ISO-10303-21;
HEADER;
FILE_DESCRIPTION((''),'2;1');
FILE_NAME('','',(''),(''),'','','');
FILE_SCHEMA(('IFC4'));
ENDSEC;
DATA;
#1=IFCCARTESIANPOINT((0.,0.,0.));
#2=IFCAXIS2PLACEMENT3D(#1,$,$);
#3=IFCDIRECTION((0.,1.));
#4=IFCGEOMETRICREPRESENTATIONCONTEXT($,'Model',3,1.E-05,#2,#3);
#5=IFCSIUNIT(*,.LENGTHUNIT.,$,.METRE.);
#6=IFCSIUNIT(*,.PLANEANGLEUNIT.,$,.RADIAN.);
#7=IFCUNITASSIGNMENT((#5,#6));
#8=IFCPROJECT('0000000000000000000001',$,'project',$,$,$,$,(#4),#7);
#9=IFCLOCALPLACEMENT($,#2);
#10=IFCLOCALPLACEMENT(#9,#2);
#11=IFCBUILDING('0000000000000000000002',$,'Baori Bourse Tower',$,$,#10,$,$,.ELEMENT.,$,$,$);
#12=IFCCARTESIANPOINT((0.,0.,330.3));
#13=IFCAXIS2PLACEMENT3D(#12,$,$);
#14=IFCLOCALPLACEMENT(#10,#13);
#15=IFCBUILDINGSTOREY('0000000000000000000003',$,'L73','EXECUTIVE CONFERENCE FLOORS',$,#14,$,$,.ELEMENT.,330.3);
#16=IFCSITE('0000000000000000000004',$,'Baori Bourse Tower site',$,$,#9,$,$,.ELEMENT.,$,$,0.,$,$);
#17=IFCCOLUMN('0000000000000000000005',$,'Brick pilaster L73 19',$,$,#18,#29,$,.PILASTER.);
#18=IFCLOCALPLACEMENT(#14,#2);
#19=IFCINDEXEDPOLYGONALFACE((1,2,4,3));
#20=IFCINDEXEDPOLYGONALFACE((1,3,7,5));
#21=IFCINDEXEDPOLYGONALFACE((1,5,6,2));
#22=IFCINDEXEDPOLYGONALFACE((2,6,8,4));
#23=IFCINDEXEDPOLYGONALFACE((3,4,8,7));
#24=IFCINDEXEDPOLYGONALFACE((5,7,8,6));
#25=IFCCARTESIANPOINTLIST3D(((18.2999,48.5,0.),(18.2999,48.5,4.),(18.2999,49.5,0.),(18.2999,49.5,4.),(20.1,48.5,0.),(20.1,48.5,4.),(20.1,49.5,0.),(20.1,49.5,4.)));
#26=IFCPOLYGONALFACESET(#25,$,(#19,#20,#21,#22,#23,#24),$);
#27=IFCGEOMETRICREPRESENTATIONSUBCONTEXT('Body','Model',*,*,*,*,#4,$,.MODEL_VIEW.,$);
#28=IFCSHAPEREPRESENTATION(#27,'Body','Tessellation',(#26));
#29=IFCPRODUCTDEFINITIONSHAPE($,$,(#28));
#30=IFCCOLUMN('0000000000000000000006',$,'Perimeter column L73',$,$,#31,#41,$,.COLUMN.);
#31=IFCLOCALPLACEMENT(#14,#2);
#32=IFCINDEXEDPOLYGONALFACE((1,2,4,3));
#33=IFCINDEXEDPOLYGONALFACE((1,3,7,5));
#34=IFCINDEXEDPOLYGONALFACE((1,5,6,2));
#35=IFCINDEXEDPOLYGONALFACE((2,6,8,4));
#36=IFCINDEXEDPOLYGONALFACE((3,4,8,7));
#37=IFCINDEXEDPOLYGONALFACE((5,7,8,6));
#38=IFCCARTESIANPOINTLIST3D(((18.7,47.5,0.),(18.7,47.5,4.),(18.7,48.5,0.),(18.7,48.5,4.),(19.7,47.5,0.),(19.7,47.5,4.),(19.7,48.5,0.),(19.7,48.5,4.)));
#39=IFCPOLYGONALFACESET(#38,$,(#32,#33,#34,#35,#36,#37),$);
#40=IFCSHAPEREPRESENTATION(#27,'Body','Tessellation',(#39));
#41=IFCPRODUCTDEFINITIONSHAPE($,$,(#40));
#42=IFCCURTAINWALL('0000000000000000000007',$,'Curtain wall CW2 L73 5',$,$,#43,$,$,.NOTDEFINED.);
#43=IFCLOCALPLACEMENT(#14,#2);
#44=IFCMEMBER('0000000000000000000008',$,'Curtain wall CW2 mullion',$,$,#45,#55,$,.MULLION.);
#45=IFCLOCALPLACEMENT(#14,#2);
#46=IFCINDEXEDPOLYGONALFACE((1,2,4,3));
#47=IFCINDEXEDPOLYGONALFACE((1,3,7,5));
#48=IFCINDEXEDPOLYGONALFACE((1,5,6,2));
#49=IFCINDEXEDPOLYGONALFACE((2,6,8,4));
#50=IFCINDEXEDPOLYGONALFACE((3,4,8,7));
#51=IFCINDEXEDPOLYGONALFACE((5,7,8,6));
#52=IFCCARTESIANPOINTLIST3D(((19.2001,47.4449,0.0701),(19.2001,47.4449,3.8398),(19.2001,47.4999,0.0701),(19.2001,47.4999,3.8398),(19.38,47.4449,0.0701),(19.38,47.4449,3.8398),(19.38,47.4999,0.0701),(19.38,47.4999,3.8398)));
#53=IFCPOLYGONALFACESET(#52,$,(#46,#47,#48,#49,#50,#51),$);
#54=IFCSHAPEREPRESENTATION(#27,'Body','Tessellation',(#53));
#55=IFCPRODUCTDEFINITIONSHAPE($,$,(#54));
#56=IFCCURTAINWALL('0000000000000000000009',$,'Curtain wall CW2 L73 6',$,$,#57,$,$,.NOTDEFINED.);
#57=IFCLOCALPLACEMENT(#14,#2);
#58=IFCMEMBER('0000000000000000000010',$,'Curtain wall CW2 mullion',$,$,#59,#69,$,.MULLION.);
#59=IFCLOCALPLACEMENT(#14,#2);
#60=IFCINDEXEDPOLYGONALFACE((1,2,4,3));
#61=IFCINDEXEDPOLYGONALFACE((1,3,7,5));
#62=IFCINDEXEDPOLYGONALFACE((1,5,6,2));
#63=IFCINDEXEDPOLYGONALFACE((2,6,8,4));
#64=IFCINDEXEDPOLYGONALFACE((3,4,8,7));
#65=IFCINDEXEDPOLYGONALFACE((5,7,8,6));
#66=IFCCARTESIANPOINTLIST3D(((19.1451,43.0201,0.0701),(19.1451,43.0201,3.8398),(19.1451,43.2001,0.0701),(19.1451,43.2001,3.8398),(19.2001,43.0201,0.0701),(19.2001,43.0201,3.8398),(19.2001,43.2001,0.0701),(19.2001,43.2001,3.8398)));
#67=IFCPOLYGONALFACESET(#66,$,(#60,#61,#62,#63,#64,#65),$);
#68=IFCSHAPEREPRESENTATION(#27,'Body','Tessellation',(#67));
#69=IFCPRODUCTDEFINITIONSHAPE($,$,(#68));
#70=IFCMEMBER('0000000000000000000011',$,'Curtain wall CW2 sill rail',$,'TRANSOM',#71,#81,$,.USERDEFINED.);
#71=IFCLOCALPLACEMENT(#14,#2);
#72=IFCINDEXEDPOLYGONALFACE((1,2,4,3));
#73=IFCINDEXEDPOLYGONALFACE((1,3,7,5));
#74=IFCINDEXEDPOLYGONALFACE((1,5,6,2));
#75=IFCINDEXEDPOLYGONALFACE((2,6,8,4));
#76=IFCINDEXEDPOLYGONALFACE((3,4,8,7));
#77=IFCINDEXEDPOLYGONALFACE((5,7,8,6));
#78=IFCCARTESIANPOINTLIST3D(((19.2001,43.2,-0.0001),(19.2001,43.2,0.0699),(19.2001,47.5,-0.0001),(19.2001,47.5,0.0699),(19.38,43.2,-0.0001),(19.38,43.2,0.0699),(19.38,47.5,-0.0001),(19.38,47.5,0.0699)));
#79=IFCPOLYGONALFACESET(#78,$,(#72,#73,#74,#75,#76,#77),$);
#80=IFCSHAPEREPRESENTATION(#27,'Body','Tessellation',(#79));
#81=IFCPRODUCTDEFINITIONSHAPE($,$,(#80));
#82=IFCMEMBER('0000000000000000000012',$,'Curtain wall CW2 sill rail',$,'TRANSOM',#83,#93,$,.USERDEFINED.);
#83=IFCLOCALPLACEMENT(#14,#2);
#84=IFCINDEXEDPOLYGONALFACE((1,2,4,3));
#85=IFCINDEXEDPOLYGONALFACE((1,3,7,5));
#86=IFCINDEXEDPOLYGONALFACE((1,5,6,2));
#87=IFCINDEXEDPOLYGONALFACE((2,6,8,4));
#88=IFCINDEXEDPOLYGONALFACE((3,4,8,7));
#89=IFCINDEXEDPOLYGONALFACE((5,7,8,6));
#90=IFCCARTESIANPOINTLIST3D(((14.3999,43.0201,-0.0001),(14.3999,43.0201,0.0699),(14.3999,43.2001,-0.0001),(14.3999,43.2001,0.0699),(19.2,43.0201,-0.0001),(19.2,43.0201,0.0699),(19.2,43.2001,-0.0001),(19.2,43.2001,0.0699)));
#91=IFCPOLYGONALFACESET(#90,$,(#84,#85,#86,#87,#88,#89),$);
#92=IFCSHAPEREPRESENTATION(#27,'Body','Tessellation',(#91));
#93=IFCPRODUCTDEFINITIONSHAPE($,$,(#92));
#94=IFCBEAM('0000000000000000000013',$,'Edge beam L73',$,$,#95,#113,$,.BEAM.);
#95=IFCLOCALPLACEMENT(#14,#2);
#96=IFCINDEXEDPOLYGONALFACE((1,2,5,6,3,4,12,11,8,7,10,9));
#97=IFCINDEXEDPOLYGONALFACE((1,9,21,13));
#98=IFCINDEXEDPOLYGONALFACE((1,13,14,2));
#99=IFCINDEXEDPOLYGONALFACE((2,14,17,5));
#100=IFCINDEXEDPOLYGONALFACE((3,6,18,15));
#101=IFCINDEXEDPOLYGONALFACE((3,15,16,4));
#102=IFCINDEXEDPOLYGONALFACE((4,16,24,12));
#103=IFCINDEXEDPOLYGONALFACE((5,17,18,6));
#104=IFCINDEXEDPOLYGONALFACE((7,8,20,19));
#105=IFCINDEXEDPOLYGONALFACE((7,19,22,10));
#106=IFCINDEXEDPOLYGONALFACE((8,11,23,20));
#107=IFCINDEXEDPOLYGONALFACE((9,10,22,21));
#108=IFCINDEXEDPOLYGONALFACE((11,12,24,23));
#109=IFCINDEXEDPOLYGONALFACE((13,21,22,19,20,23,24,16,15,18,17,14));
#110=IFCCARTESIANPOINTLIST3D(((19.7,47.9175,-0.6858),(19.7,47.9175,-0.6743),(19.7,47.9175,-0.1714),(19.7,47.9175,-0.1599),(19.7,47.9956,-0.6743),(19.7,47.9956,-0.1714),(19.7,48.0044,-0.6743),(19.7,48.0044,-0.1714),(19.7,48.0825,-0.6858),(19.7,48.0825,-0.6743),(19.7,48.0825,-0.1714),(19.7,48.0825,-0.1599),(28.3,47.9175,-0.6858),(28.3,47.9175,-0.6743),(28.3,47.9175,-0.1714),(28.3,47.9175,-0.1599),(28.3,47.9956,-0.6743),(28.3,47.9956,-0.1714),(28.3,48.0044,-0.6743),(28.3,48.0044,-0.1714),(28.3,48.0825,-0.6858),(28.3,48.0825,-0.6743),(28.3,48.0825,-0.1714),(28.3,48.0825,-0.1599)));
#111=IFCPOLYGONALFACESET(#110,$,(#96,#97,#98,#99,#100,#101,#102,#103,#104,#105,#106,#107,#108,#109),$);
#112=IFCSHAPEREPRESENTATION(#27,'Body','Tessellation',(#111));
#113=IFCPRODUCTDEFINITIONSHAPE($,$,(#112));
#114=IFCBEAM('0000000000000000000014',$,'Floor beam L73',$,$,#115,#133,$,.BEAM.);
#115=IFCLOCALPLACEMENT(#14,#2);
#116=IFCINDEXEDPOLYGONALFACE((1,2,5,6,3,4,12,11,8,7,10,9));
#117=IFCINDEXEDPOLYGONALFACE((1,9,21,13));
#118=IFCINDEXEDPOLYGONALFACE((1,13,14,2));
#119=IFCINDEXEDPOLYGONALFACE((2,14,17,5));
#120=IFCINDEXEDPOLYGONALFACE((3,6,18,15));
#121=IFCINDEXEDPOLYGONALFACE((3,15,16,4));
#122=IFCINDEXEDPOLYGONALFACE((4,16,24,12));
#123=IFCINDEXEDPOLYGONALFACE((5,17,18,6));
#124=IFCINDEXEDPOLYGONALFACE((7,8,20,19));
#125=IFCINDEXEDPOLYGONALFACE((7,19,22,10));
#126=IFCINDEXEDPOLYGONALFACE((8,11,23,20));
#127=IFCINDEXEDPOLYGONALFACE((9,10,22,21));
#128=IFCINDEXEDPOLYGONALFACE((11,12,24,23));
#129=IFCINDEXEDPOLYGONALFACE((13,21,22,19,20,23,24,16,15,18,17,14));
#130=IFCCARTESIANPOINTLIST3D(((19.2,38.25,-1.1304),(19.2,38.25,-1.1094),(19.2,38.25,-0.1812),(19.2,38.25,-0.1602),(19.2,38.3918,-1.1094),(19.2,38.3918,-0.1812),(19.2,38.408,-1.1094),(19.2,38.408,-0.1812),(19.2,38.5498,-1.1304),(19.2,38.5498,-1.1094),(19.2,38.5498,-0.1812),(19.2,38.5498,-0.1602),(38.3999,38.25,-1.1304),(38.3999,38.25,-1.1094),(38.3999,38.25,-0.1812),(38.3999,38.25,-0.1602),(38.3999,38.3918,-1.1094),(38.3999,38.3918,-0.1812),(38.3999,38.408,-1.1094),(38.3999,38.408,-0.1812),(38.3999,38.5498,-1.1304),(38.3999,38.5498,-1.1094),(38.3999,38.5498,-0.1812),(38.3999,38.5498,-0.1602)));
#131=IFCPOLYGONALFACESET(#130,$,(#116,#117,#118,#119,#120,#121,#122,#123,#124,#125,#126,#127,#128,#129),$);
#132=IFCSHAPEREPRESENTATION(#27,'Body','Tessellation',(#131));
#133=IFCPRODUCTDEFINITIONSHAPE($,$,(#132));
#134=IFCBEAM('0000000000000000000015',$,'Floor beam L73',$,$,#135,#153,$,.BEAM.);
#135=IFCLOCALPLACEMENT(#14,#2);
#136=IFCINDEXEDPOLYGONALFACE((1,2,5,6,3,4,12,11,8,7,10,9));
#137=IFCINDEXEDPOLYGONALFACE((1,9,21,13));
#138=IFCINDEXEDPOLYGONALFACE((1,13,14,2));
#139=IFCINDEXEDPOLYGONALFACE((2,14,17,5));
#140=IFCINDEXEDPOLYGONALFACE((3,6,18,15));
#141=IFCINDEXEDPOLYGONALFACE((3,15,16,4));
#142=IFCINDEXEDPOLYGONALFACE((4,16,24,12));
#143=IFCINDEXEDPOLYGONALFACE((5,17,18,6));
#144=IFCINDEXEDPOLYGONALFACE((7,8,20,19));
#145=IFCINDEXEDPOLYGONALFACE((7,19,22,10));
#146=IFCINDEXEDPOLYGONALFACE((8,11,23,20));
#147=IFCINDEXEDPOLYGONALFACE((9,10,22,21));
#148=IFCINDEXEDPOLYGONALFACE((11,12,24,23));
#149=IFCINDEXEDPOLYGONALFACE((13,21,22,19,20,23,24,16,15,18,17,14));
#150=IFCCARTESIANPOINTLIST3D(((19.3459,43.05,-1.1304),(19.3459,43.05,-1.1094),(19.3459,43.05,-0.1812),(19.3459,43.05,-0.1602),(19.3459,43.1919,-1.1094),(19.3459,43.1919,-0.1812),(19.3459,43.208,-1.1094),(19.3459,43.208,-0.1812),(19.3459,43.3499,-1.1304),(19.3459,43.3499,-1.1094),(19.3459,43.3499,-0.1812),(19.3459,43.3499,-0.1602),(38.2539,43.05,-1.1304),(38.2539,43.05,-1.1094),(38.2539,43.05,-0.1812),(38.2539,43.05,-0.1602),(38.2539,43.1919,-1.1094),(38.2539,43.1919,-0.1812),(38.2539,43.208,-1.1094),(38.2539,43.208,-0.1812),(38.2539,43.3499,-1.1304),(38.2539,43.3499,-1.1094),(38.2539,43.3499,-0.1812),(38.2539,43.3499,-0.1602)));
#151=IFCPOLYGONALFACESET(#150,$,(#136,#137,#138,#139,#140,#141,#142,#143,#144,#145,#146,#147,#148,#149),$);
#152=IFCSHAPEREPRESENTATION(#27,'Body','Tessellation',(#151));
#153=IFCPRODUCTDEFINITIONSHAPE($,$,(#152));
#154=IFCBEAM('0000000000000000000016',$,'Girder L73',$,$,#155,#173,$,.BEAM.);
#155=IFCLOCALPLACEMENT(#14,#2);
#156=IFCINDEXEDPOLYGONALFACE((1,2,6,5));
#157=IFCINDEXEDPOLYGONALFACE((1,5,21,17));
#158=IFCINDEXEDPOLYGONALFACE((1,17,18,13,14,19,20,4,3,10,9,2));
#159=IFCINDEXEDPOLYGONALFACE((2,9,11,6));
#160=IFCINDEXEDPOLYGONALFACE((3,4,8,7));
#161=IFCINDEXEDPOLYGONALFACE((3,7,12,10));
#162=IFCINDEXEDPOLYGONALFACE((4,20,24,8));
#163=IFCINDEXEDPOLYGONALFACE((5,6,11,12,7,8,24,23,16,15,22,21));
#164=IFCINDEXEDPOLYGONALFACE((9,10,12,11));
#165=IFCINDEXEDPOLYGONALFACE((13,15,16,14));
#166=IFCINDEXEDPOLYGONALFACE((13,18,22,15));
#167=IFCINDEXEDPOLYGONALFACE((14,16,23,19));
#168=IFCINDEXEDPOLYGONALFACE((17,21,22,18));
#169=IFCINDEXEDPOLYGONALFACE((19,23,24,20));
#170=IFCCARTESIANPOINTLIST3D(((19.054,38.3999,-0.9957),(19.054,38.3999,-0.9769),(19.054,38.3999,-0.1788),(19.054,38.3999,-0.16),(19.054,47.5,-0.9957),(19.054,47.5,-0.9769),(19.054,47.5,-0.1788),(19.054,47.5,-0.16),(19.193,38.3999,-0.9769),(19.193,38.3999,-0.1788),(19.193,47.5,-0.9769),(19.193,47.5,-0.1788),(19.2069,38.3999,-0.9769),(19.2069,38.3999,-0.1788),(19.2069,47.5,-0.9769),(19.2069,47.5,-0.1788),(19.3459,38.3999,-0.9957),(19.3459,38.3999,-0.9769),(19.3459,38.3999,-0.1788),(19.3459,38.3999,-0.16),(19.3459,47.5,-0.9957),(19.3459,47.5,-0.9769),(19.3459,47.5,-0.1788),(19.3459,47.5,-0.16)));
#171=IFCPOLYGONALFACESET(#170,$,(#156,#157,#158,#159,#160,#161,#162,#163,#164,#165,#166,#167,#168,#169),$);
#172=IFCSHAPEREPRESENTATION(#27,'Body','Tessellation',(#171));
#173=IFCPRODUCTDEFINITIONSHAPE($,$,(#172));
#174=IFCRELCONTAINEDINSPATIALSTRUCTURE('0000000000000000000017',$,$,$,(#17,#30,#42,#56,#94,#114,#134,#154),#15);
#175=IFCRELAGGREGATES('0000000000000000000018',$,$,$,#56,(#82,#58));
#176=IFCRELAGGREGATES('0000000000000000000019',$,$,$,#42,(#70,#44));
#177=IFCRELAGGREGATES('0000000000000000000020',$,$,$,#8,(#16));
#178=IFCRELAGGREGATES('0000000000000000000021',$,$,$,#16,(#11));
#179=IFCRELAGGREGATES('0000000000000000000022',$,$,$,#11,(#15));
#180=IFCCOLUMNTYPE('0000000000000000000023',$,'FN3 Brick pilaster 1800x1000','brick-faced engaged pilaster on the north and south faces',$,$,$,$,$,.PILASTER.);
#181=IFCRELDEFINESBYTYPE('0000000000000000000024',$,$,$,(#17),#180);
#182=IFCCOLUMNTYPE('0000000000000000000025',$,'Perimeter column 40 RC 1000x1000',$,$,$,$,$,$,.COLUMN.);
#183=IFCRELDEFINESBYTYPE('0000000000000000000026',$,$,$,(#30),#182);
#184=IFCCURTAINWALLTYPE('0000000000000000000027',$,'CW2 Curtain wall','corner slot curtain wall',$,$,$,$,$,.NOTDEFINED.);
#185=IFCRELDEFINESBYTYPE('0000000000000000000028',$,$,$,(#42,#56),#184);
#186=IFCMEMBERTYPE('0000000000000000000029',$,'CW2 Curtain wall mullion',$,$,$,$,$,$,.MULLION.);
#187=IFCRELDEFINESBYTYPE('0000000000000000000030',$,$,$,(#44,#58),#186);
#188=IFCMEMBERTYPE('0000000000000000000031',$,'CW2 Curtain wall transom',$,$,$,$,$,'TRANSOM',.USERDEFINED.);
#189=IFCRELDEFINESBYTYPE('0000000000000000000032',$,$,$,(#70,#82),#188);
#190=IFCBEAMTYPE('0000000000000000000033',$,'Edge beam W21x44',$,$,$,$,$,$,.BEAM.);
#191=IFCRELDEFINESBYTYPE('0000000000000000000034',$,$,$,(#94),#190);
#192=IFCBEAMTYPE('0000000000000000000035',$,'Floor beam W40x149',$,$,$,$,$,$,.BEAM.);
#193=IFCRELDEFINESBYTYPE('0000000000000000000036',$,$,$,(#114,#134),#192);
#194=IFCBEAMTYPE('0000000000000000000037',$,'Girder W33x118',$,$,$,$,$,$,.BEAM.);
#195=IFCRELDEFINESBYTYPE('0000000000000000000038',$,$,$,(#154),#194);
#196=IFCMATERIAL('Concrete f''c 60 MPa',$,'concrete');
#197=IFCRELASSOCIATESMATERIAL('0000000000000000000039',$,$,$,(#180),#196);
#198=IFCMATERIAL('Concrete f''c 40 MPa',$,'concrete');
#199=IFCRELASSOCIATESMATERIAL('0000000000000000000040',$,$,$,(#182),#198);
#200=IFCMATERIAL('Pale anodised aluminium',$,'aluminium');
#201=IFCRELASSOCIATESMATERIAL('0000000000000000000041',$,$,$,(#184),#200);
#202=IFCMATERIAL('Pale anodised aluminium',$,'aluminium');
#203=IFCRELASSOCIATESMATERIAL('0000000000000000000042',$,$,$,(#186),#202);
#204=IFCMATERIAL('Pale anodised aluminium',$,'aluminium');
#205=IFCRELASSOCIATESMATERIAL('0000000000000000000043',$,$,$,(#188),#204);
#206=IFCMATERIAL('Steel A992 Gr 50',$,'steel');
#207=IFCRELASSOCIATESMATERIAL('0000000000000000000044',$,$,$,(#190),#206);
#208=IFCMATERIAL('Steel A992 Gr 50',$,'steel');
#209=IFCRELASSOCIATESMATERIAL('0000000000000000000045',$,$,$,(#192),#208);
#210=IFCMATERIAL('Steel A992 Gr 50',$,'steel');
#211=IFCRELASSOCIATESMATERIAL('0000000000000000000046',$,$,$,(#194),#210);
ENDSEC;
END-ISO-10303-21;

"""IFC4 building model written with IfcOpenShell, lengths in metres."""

from ifc_helpers import new_model, si_unit, direction, frame, origin, origin_2d, place, context, subcontext, project, spatial, rectangle, i_section, extrude, material, material_profile, profile_set, type_object, element, aggregate, save


model = new_model("IFC4")

# Units and contexts
model_context = context("Model", 3, precision=1e-05, world=origin(), true_north=direction((0.0, 1.0)))
body_context = subcontext(model_context, "Body", "Model", "MODEL_VIEW")
ifc_project = project(units=[si_unit("LENGTHUNIT", "METRE"), si_unit("PLANEANGLEUNIT", "RADIAN")], contexts=[model_context])

# Site, building, storey
site_placement = place(None, origin())
site = spatial("IfcSite", under=ifc_project, at=site_placement, Name="Baori Bourse Tower site", CompositionType="ELEMENT", RefElevation=0.0)
building_placement = place(site_placement, origin())
building = spatial("IfcBuilding", under=site, at=building_placement, Name="Baori Bourse Tower", CompositionType="ELEMENT")
storey_placement = place(building_placement, frame((0.0, 0.0, 330.3)))
storey = spatial("IfcBuildingStorey", under=building, at=storey_placement, Name="L73", Description="EXECUTIVE CONFERENCE FLOORS", CompositionType="ELEMENT", Elevation=330.3)

# Columns
ifc_material_1 = material(Name="Concrete f'c 60 MPa", Category="concrete")
ifc_material_profile_1 = material_profile(ifc_material_1, rectangle(XDim=1.8, YDim=1.0, at=origin_2d()), Name="RC 1800x1000")
ifc_profile_set_1 = profile_set([ifc_material_profile_1], Name="Concrete f'c 60 MPa")
column_type_1 = type_object("IfcColumnType", Name="FN3 Brick pilaster 1800x1000", Description="brick-faced engaged pilaster on the north and south faces", PredefinedType="PILASTER", material=ifc_profile_set_1)
column_1_placement = place(storey_placement, frame((19.2, 49.0, 0.0), z_axis=(0.0, 0.0, 1.0), x_axis=(1.0, 0.0, 0.0)))
element("IfcColumn", 1, at=column_1_placement, inside=storey, type_object=column_type_1, Name="Brick pilaster L73 19", PredefinedType="PILASTER", context=body_context, shape_type="SweptSolid", body=[
    extrude(rectangle(XDim=1.8, YDim=1.0, at=origin_2d()), origin(), (0.0, 0.0, 1.0), 4.0),
])
ifc_material_2 = material(Name="Concrete f'c 40 MPa", Category="concrete")
ifc_material_profile_2 = material_profile(ifc_material_2, rectangle(XDim=1.0, YDim=1.0, at=origin_2d()), Name="RC 1000x1000")
ifc_profile_set_2 = profile_set([ifc_material_profile_2], Name="Concrete f'c 40 MPa")
column_type_2 = type_object("IfcColumnType", Name="Perimeter column 40 RC 1000x1000", PredefinedType="COLUMN", material=ifc_profile_set_2)
column_2_placement = place(storey_placement, frame((19.2, 48.0, 0.0), z_axis=(0.0, 0.0, 1.0), x_axis=(1.0, 0.0, 0.0)))
element("IfcColumn", 2, at=column_2_placement, inside=storey, type_object=column_type_2, Name="Perimeter column L73", PredefinedType="COLUMN", context=body_context, shape_type="SweptSolid", body=[
    extrude(rectangle(XDim=1.0, YDim=1.0, at=origin_2d()), origin(), (0.0, 0.0, 1.0), 4.0),
])

# Curtain walls, members
ifc_material_3 = material(Name="Pale anodised aluminium", Category="aluminium")
curtain_wall_type_1 = type_object("IfcCurtainWallType", Name="CW2 Curtain wall", Description="corner slot curtain wall", PredefinedType="NOTDEFINED", material=ifc_material_3)
curtain_wall_1_placement = place(storey_placement, origin())
curtain_wall_1 = element("IfcCurtainWall", 3, at=curtain_wall_1_placement, inside=storey, type_object=curtain_wall_type_1, Name="Curtain wall CW2 L73 5", PredefinedType="NOTDEFINED")
ifc_material_4 = material(Name="Pale anodised aluminium", Category="aluminium")
ifc_material_profile_3 = material_profile(ifc_material_4, rectangle(XDim=0.1799, YDim=0.0549, at=origin_2d()), Name="Mullion 55x180")
ifc_profile_set_3 = profile_set([ifc_material_profile_3], Name="Pale anodised aluminium")
member_type_1 = type_object("IfcMemberType", Name="CW2 Curtain wall mullion", PredefinedType="MULLION", material=ifc_profile_set_3)
member_1_placement = place(storey_placement, frame((19.29, 47.4724, 0.0701), z_axis=(0.0, 0.0, 1.0), x_axis=(1.0, 0.0, 0.0)))
member_1 = element("IfcMember", 4, at=member_1_placement, type_object=member_type_1, Name="Curtain wall CW2 mullion", PredefinedType="MULLION", context=body_context, shape_type="SweptSolid", body=[
    extrude(rectangle(XDim=0.1799, YDim=0.0549, at=origin_2d()), origin(), (0.0, 0.0, 1.0), 3.7698),
])
curtain_wall_2_placement = place(storey_placement, origin())
curtain_wall_2 = element("IfcCurtainWall", 5, at=curtain_wall_2_placement, inside=storey, type_object=curtain_wall_type_1, Name="Curtain wall CW2 L73 6", PredefinedType="NOTDEFINED")
member_2_placement = place(storey_placement, frame((19.1726, 43.1101, 0.0701), z_axis=(0.0, 0.0, 1.0), x_axis=(0.0, -1.0, 0.0)))
member_2 = element("IfcMember", 6, at=member_2_placement, type_object=member_type_1, Name="Curtain wall CW2 mullion", PredefinedType="MULLION", context=body_context, shape_type="SweptSolid", body=[
    extrude(rectangle(XDim=0.1799, YDim=0.0549, at=origin_2d()), origin(), (0.0, 0.0, 1.0), 3.7698),
])

# Members
ifc_material_5 = material(Name="Pale anodised aluminium", Category="aluminium")
ifc_material_profile_4 = material_profile(ifc_material_5, rectangle(XDim=0.1799, YDim=0.0701, at=origin_2d()), Name="Transom 70x180")
ifc_profile_set_4 = profile_set([ifc_material_profile_4], Name="Pale anodised aluminium")
member_type_2 = type_object("IfcMemberType", Name="CW2 Curtain wall transom", ElementType="TRANSOM", PredefinedType="USERDEFINED", material=ifc_profile_set_4)
member_3_placement = place(storey_placement, frame((19.29, 47.5, 0.0349), z_axis=(0.0, -1.0, 0.0), x_axis=(1.0, 0.0, 0.0)))
member_3 = element("IfcMember", 7, at=member_3_placement, type_object=member_type_2, Name="Curtain wall CW2 sill rail", ObjectType="TRANSOM", PredefinedType="USERDEFINED", context=body_context, shape_type="SweptSolid", body=[
    extrude(rectangle(XDim=0.1799, YDim=0.0701, at=origin_2d()), origin(), (0.0, 0.0, 1.0), 4.3),
])
member_4_placement = place(storey_placement, frame((19.2, 43.1101, 0.0349), z_axis=(-1.0, 0.0, 0.0), x_axis=(0.0, -1.0, 0.0)))
member_4 = element("IfcMember", 8, at=member_4_placement, type_object=member_type_2, Name="Curtain wall CW2 sill rail", ObjectType="TRANSOM", PredefinedType="USERDEFINED", context=body_context, shape_type="SweptSolid", body=[
    extrude(rectangle(XDim=0.1799, YDim=0.0701, at=origin_2d()), origin(), (0.0, 0.0, 1.0), 4.8),
])
aggregate(curtain_wall_2, [member_4, member_2])

# Beams
ifc_material_6 = material(Name="Steel A992 Gr 50", Category="steel")
ifc_material_profile_5 = material_profile(ifc_material_6, i_section(OverallWidth=0.165, OverallDepth=0.5259, WebThickness=0.0088, FlangeThickness=0.0115, at=origin_2d()), Name="W21x44")
ifc_profile_set_5 = profile_set([ifc_material_profile_5], Name="Steel A992 Gr 50")
beam_type_1 = type_object("IfcBeamType", Name="Edge beam W21x44", PredefinedType="BEAM", material=ifc_profile_set_5)
beam_1_placement = place(storey_placement, frame((19.7, 48.0, -0.4229), z_axis=(1.0, 0.0, 0.0), x_axis=(0.0, 1.0, 0.0)))
element("IfcBeam", 9, at=beam_1_placement, inside=storey, type_object=beam_type_1, Name="Edge beam L73", PredefinedType="BEAM", context=body_context, shape_type="SweptSolid", body=[
    extrude(i_section(OverallWidth=0.165, OverallDepth=0.5259, WebThickness=0.0088, FlangeThickness=0.0115, at=origin_2d()), origin(), (0.0, 0.0, 1.0), 8.6001),
])
ifc_material_7 = material(Name="Steel A992 Gr 50", Category="steel")
ifc_material_profile_6 = material_profile(ifc_material_7, i_section(OverallWidth=0.2998, OverallDepth=0.9702, WebThickness=0.0161, FlangeThickness=0.021, at=origin_2d()), Name="W40x149")
ifc_profile_set_6 = profile_set([ifc_material_profile_6], Name="Steel A992 Gr 50")
beam_type_2 = type_object("IfcBeamType", Name="Floor beam W40x149", PredefinedType="BEAM", material=ifc_profile_set_6)
beam_2_placement = place(storey_placement, frame((19.2, 38.3999, -0.6453), z_axis=(1.0, 0.0, 0.0), x_axis=(0.0, 1.0, 0.0)))
element("IfcBeam", 10, at=beam_2_placement, inside=storey, type_object=beam_type_2, Name="Floor beam L73", PredefinedType="BEAM", context=body_context, shape_type="SweptSolid", body=[
    extrude(i_section(OverallWidth=0.2998, OverallDepth=0.9702, WebThickness=0.0161, FlangeThickness=0.021, at=origin_2d()), origin(), (0.0, 0.0, 1.0), 19.2),
])
beam_3_placement = place(storey_placement, frame((19.3459, 43.2, -0.6453), z_axis=(1.0, 0.0, 0.0), x_axis=(0.0, 1.0, 0.0)))
element("IfcBeam", 11, at=beam_3_placement, inside=storey, type_object=beam_type_2, Name="Floor beam L73", PredefinedType="BEAM", context=body_context, shape_type="SweptSolid", body=[
    extrude(i_section(OverallWidth=0.2998, OverallDepth=0.9702, WebThickness=0.0161, FlangeThickness=0.021, at=origin_2d()), origin(), (0.0, 0.0, 1.0), 18.908),
])
ifc_material_8 = material(Name="Steel A992 Gr 50", Category="steel")
ifc_material_profile_7 = material_profile(ifc_material_8, i_section(OverallWidth=0.292, OverallDepth=0.8357, WebThickness=0.0139, FlangeThickness=0.0188, at=origin_2d()), Name="W33x118")
ifc_profile_set_7 = profile_set([ifc_material_profile_7], Name="Steel A992 Gr 50")
beam_type_3 = type_object("IfcBeamType", Name="Girder W33x118", PredefinedType="BEAM", material=ifc_profile_set_7)
beam_4_placement = place(storey_placement, frame((19.2, 38.3999, -0.5779), z_axis=(0.0, 1.0, 0.0), x_axis=(-1.0, 0.0, 0.0)))
element("IfcBeam", 12, at=beam_4_placement, inside=storey, type_object=beam_type_3, Name="Girder L73", PredefinedType="BEAM", context=body_context, shape_type="SweptSolid", body=[
    extrude(i_section(OverallWidth=0.292, OverallDepth=0.8357, WebThickness=0.0139, FlangeThickness=0.0188, at=origin_2d()), origin(), (0.0, 0.0, 1.0), 9.1001),
])

aggregate(curtain_wall_1, [member_3, member_1])

save(model, "model.ifc")
